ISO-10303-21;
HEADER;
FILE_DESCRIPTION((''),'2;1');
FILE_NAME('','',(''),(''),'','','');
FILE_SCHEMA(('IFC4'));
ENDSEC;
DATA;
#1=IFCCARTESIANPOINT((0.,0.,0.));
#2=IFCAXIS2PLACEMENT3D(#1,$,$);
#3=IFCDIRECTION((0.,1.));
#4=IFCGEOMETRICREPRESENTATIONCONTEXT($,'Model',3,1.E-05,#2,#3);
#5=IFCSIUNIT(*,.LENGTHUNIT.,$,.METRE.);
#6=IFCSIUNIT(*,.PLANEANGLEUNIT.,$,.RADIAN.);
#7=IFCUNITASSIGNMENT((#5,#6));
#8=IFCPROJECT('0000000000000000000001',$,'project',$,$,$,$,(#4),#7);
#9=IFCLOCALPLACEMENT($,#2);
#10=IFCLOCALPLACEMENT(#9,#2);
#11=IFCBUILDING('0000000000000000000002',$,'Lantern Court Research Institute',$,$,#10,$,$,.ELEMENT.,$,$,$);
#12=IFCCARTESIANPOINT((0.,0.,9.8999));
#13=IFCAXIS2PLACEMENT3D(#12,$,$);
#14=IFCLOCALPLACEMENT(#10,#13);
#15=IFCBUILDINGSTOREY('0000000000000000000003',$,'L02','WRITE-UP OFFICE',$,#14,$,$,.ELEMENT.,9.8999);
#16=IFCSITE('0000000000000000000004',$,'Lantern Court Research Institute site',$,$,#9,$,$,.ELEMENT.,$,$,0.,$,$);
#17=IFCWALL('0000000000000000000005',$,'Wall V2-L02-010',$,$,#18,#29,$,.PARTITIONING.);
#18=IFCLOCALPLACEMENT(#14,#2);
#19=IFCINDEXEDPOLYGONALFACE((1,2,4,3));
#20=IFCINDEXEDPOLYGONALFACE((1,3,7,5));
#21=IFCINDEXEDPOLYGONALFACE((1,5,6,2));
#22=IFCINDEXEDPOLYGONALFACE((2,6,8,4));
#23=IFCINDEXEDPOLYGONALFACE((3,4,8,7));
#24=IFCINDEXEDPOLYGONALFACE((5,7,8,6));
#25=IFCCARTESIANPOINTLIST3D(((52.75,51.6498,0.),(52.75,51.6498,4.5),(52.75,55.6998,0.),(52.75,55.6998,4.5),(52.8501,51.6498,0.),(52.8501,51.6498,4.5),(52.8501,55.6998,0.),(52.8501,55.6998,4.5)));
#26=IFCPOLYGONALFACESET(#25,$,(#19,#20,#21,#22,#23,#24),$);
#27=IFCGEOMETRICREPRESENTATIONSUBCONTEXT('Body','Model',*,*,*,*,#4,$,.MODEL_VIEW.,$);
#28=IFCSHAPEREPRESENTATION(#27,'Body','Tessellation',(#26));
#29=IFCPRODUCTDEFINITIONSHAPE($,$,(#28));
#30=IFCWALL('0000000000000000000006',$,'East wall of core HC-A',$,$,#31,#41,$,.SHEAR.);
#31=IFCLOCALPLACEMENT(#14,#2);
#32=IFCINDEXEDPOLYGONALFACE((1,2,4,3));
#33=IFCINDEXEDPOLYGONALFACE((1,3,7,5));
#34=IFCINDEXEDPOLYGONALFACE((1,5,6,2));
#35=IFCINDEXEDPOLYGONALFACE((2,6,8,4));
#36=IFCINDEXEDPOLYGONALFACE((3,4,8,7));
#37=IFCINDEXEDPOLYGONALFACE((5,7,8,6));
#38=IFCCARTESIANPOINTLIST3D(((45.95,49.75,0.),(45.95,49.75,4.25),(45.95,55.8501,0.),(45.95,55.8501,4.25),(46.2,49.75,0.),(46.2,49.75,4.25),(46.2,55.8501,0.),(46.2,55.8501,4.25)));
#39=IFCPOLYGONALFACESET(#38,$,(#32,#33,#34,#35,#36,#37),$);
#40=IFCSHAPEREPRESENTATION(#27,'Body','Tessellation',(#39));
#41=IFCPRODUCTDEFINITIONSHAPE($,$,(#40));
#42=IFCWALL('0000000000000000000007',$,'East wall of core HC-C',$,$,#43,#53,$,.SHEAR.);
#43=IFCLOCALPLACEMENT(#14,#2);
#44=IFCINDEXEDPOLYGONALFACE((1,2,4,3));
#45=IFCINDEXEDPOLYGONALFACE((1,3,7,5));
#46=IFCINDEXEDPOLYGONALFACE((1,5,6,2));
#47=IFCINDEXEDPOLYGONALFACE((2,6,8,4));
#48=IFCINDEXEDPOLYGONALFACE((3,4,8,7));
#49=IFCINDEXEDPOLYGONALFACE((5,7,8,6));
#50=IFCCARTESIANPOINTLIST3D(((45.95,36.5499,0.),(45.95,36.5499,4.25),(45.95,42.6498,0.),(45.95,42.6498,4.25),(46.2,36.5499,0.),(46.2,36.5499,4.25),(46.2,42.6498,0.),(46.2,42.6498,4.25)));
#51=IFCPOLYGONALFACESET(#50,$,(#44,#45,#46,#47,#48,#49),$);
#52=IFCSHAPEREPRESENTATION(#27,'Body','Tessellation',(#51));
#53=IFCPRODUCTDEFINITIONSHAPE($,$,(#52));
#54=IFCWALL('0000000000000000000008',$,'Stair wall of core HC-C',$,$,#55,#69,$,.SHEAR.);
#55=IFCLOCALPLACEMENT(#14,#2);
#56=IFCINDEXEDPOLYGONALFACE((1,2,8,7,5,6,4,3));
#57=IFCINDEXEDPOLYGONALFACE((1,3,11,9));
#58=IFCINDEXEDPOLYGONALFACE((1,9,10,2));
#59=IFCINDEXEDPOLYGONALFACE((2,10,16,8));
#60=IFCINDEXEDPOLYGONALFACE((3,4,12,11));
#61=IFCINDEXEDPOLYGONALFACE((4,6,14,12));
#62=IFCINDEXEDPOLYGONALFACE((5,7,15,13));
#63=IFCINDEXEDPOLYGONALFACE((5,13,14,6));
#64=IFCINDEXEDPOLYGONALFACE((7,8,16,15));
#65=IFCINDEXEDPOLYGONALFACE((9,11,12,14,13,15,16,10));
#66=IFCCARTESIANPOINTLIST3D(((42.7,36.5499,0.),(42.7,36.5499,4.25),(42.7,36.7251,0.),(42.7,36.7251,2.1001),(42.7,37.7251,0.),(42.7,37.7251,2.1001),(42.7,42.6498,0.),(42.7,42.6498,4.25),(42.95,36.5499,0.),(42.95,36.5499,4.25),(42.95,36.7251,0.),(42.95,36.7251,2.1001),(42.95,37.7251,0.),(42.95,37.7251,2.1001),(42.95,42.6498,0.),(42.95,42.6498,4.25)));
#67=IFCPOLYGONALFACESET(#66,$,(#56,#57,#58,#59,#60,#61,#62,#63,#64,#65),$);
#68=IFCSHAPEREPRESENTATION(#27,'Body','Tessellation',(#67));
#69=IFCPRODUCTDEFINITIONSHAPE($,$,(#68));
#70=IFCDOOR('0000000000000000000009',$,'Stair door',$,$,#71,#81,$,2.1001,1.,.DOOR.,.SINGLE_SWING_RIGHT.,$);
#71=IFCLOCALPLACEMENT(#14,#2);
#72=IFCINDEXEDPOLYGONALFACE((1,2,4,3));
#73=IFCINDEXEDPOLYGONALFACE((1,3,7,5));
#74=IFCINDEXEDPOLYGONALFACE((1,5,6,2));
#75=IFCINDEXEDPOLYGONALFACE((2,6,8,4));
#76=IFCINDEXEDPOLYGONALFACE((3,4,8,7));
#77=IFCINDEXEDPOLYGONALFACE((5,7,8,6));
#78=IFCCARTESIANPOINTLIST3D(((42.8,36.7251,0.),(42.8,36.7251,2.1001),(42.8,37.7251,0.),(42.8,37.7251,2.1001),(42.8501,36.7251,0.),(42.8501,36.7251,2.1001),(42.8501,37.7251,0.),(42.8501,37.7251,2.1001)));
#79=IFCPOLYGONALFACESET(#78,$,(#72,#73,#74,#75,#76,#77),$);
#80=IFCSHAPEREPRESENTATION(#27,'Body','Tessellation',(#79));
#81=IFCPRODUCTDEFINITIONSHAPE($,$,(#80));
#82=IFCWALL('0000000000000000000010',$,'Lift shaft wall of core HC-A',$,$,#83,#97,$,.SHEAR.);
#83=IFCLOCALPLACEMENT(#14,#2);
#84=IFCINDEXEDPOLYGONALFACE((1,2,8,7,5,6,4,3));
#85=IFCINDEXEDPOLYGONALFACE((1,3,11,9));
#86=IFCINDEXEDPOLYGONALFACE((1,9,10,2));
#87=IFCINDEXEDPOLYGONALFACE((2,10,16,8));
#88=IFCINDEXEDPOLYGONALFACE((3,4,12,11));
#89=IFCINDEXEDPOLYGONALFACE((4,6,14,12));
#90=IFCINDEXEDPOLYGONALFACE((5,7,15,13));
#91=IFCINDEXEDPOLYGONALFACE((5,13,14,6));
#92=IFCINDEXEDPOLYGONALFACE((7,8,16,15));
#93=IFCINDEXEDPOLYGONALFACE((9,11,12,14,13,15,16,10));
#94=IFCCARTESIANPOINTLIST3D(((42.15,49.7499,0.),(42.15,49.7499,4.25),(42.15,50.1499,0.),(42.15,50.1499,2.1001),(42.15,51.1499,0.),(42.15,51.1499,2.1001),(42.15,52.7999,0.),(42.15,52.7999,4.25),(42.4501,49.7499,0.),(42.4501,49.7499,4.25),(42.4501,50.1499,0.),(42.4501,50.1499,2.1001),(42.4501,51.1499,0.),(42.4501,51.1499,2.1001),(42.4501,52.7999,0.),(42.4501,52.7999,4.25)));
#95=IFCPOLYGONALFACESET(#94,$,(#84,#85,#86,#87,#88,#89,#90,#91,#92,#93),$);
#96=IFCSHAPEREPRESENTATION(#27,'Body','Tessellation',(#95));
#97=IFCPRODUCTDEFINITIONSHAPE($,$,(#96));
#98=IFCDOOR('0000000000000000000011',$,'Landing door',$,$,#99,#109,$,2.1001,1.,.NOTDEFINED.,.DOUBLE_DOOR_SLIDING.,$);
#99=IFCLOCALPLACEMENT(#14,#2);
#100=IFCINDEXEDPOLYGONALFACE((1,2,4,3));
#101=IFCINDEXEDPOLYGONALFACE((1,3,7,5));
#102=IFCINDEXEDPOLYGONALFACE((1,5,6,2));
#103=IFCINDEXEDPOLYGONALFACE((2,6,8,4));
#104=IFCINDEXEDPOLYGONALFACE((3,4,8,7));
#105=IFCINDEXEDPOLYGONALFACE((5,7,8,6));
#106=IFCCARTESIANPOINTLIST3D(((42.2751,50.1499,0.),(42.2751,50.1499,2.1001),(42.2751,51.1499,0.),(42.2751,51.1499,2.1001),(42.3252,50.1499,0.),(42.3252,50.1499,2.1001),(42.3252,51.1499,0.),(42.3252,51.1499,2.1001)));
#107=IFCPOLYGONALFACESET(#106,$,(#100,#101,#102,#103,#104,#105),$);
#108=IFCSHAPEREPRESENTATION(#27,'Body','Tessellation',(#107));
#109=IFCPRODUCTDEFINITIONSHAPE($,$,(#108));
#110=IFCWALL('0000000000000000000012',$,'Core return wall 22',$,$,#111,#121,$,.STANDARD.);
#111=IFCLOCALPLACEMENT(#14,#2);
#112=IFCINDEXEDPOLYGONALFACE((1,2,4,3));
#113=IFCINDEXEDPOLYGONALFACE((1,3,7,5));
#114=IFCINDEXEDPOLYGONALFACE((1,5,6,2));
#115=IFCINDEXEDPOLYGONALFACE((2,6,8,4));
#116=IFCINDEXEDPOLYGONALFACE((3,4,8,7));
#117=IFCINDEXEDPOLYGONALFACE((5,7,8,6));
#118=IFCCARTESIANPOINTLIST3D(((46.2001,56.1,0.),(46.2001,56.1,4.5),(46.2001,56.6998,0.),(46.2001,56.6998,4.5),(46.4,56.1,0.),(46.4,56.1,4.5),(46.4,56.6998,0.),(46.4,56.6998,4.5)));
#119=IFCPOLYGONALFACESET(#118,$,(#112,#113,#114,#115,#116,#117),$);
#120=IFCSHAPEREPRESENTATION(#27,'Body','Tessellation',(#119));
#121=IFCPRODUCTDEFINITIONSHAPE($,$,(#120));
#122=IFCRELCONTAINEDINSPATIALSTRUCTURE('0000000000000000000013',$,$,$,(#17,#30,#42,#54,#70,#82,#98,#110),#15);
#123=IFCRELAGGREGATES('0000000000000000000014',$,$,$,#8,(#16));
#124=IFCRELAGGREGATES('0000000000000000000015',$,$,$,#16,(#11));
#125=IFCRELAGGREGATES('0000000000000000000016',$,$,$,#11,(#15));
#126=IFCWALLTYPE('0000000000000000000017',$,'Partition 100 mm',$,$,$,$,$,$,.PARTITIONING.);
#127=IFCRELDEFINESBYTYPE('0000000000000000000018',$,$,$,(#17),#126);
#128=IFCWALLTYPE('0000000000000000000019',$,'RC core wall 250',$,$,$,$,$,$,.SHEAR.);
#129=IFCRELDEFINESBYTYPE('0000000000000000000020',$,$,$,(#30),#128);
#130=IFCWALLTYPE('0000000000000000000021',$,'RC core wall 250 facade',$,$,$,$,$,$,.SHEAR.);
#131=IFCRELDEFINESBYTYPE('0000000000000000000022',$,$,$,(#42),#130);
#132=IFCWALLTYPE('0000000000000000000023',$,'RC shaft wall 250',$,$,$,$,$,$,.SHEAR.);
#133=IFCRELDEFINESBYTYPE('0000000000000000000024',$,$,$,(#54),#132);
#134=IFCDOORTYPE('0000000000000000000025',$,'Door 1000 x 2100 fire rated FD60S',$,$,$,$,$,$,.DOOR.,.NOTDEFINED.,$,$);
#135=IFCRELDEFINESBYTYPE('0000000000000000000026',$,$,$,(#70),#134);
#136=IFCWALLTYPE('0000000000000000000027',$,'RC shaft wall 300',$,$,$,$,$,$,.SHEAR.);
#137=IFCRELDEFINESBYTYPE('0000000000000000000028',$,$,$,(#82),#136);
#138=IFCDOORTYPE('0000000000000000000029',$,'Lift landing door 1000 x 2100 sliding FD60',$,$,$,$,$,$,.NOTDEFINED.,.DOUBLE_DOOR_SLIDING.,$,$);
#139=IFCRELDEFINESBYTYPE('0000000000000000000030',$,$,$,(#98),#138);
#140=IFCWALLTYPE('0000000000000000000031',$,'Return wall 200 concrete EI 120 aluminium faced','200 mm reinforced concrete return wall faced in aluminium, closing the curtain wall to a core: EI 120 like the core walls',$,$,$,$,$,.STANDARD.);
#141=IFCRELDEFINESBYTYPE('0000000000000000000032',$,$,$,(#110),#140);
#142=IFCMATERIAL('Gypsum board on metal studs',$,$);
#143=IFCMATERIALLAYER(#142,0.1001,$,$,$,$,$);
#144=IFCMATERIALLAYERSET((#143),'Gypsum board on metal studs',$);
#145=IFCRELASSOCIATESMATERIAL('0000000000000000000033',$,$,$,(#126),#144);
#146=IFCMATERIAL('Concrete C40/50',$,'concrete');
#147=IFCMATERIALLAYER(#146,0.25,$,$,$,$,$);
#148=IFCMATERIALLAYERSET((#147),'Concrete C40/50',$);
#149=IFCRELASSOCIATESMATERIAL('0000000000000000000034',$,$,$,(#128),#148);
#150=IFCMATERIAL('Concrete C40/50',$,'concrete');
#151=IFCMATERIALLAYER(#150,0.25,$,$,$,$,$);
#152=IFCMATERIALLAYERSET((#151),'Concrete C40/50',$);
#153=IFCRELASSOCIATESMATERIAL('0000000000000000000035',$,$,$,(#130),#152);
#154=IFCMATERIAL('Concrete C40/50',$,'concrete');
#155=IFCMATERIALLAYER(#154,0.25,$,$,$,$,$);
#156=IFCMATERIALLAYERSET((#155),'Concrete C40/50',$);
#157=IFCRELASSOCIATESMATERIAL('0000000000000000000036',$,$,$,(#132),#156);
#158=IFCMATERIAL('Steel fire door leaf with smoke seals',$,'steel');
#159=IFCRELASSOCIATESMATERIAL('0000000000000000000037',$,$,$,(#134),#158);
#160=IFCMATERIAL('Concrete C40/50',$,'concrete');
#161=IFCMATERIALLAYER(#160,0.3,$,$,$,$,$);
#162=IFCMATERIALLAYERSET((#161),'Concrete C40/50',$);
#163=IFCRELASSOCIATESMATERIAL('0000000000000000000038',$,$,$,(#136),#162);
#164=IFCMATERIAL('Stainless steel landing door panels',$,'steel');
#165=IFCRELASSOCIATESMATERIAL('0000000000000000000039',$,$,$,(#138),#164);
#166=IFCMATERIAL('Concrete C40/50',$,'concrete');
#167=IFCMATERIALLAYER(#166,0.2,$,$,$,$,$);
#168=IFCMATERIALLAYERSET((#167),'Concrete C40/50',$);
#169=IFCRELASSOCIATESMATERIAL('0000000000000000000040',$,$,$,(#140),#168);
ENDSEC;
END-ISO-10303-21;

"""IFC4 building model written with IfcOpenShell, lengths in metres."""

from ifc_helpers import new_model, si_unit, direction, frame, frame_2d, origin, place, context, subcontext, project, spatial, rectangle, extrude, material, layer, layer_set, type_object, element, fill, save


model = new_model("IFC4")

# Units and contexts
model_context = context("Model", 3, precision=1e-05, world=origin(), true_north=direction((0.0, 1.0)))
body_context = subcontext(model_context, "Body", "Model", "MODEL_VIEW")
ifc_project = project(units=[si_unit("LENGTHUNIT", "METRE"), si_unit("PLANEANGLEUNIT", "RADIAN")], contexts=[model_context])

# Site, building, storey
site_placement = place(None, origin())
site = spatial("IfcSite", under=ifc_project, at=site_placement, Name="Lantern Court Research Institute site", CompositionType="ELEMENT", RefElevation=0.0)
building_placement = place(site_placement, origin())
building = spatial("IfcBuilding", under=site, at=building_placement, Name="Lantern Court Research Institute", CompositionType="ELEMENT")
storey_placement = place(building_placement, frame((0.0, 0.0, 9.8999)))
storey = spatial("IfcBuildingStorey", under=building, at=storey_placement, Name="L02", Description="WRITE-UP OFFICE", CompositionType="ELEMENT", Elevation=9.8999)

# Shared definitions
ifc_material_1 = material(Name="Gypsum board on metal studs")
ifc_layer_1 = layer(ifc_material_1, 0.1001)
ifc_layer_set_1 = layer_set([ifc_layer_1], Name="Gypsum board on metal studs")
wall_type_1 = type_object("IfcWallType", Name="Partition 100 mm", PredefinedType="PARTITIONING", material=ifc_layer_set_1)

# Walls
wall_1_placement = place(storey_placement, frame((52.8, 51.6499, 0.0), z_axis=(0.0, 0.0, 1.0), x_axis=(0.0, 1.0, 0.0)))
element("IfcWall", 1, at=wall_1_placement, inside=storey, type_object=wall_type_1, Name="Wall V2-L02-010", PredefinedType="PARTITIONING", context=body_context, shape_type="SweptSolid", body=[
    extrude(rectangle(XDim=4.05, YDim=0.1001, at=frame_2d((2.0249, 0.0))), origin(), (0.0, 0.0, 1.0), 4.5),
])
ifc_material_2 = material(Name="Concrete C40/50", Category="concrete")
ifc_layer_2 = layer(ifc_material_2, 0.25)
ifc_layer_set_2 = layer_set([ifc_layer_2], Name="Concrete C40/50")
wall_type_2 = type_object("IfcWallType", Name="RC core wall 250", PredefinedType="SHEAR", material=ifc_layer_set_2)
wall_2_placement = place(storey_placement, frame((46.075, 49.75, 0.0), z_axis=(0.0, 0.0, 1.0), x_axis=(0.0, 1.0, 0.0)))
element("IfcWall", 2, at=wall_2_placement, inside=storey, type_object=wall_type_2, Name="East wall of core HC-A", PredefinedType="SHEAR", context=body_context, shape_type="SweptSolid", body=[
    extrude(rectangle(XDim=6.1001, YDim=0.25, at=frame_2d((3.05, 0.0))), origin(), (0.0, 0.0, 1.0), 4.25),
])
ifc_material_3 = material(Name="Concrete C40/50", Category="concrete")
ifc_layer_3 = layer(ifc_material_3, 0.25)
ifc_layer_set_3 = layer_set([ifc_layer_3], Name="Concrete C40/50")
wall_type_3 = type_object("IfcWallType", Name="RC core wall 250 facade", PredefinedType="SHEAR", material=ifc_layer_set_3)
wall_3_placement = place(storey_placement, frame((46.075, 36.55, 0.0), z_axis=(0.0, 0.0, 1.0), x_axis=(0.0, 1.0, 0.0)))
element("IfcWall", 3, at=wall_3_placement, inside=storey, type_object=wall_type_3, Name="East wall of core HC-C", PredefinedType="SHEAR", context=body_context, shape_type="SweptSolid", body=[
    extrude(rectangle(XDim=6.0999, YDim=0.25, at=frame_2d((3.0498, 0.0))), origin(), (0.0, 0.0, 1.0), 4.25),
])

# Walls, openings, doors
ifc_material_4 = material(Name="Concrete C40/50", Category="concrete")
ifc_layer_4 = layer(ifc_material_4, 0.25)
ifc_layer_set_4 = layer_set([ifc_layer_4], Name="Concrete C40/50")
wall_type_4 = type_object("IfcWallType", Name="RC shaft wall 250", PredefinedType="SHEAR", material=ifc_layer_set_4)
wall_4_placement = place(storey_placement, frame((42.825, 36.55, 0.0), z_axis=(0.0, 0.0, 1.0), x_axis=(0.0, 1.0, 0.0)))
wall_4 = element("IfcWall", 4, at=wall_4_placement, inside=storey, type_object=wall_type_4, Name="Stair wall of core HC-C", PredefinedType="SHEAR", context=body_context, shape_type="SweptSolid", body=[
    extrude(rectangle(XDim=6.0999, YDim=0.25, at=frame_2d((3.0498, 0.0))), origin(), (0.0, 0.0, 1.0), 4.25),
])
opening_1_placement = place(wall_4_placement, frame((0.175, 0.0, 0.0)))
opening_1 = element("IfcOpeningElement", 5, at=opening_1_placement, cuts=wall_4, PredefinedType="OPENING", context=body_context, shape_type="SweptSolid", body=[
    extrude(rectangle(XDim=1.0, YDim=2.1001, at=frame_2d((0.5, 1.05))), frame((0.0, 0.135, 0.0), z_axis=(0.0, -1.0, 0.0), x_axis=(1.0, 0.0, 0.0)), (0.0, 0.0, 1.0), 0.27),
])
ifc_material_5 = material(Name="Steel fire door leaf with smoke seals", Category="steel")
door_type_1 = type_object("IfcDoorType", Name="Door 1000 x 2100 fire rated FD60S", OperationType="NOTDEFINED", PredefinedType="DOOR", material=ifc_material_5)
door_1_placement = place(opening_1_placement, origin())
door_1 = element("IfcDoor", 6, at=door_1_placement, inside=storey, type_object=door_type_1, Name="Stair door", OperationType="SINGLE_SWING_RIGHT", OverallHeight=2.1001, OverallWidth=1.0, PredefinedType="DOOR", context=body_context, shape_type="SweptSolid", body=[
    extrude(rectangle(XDim=1.0, YDim=2.1001, at=frame_2d((0.5, 1.05))), frame((0.0, 0.0249, 0.0), z_axis=(0.0, -1.0, 0.0), x_axis=(1.0, 0.0, 0.0)), (0.0, 0.0, 1.0), 0.05),
])
fill(opening_1, door_1)
ifc_material_6 = material(Name="Concrete C40/50", Category="concrete")
ifc_layer_5 = layer(ifc_material_6, 0.3)
ifc_layer_set_5 = layer_set([ifc_layer_5], Name="Concrete C40/50")
wall_type_5 = type_object("IfcWallType", Name="RC shaft wall 300", PredefinedType="SHEAR", material=ifc_layer_set_5)
wall_5_placement = place(storey_placement, frame((42.3, 49.75, 0.0), z_axis=(0.0, 0.0, 1.0), x_axis=(0.0, 1.0, 0.0)))
wall_5 = element("IfcWall", 7, at=wall_5_placement, inside=storey, type_object=wall_type_5, Name="Lift shaft wall of core HC-A", PredefinedType="SHEAR", context=body_context, shape_type="SweptSolid", body=[
    extrude(rectangle(XDim=3.05, YDim=0.3, at=frame_2d((1.5249, 0.0))), origin(), (0.0, 0.0, 1.0), 4.25),
])
opening_2_placement = place(wall_5_placement, frame((0.3999, 0.0, 0.0)))
opening_2 = element("IfcOpeningElement", 8, at=opening_2_placement, cuts=wall_5, PredefinedType="OPENING", context=body_context, shape_type="SweptSolid", body=[
    extrude(rectangle(XDim=1.0, YDim=2.1001, at=frame_2d((0.5, 1.05))), frame((0.0, 0.1599, 0.0), z_axis=(0.0, -1.0, 0.0), x_axis=(1.0, 0.0, 0.0)), (0.0, 0.0, 1.0), 0.3201),
])
ifc_material_7 = material(Name="Stainless steel landing door panels", Category="steel")
door_type_2 = type_object("IfcDoorType", Name="Lift landing door 1000 x 2100 sliding FD60", OperationType="DOUBLE_DOOR_SLIDING", PredefinedType="NOTDEFINED", material=ifc_material_7)
door_2_placement = place(opening_2_placement, origin())
door_2 = element("IfcDoor", 9, at=door_2_placement, inside=storey, type_object=door_type_2, Name="Landing door", OperationType="DOUBLE_DOOR_SLIDING", OverallHeight=2.1001, OverallWidth=1.0, PredefinedType="NOTDEFINED", context=body_context, shape_type="SweptSolid", body=[
    extrude(rectangle(XDim=1.0, YDim=2.1001, at=frame_2d((0.5, 1.05))), frame((0.0, 0.0249, 0.0), z_axis=(0.0, -1.0, 0.0), x_axis=(1.0, 0.0, 0.0)), (0.0, 0.0, 1.0), 0.05),
])
fill(opening_2, door_2)

# Wall
ifc_material_8 = material(Name="Concrete C40/50", Category="concrete")
ifc_layer_6 = layer(ifc_material_8, 0.2)
ifc_layer_set_6 = layer_set([ifc_layer_6], Name="Concrete C40/50")
wall_type_6 = type_object("IfcWallType", Name="Return wall 200 concrete EI 120 aluminium faced", Description="200 mm reinforced concrete return wall faced in aluminium, closing the curtain wall to a core: EI 120 like the core walls", PredefinedType="STANDARD", material=ifc_layer_set_6)
wall_6_placement = place(storey_placement, frame((46.3, 56.1001, 0.0), z_axis=(0.0, 0.0, 1.0), x_axis=(0.0, 1.0, 0.0)))
element("IfcWall", 10, at=wall_6_placement, inside=storey, type_object=wall_type_6, Name="Core return wall 22", PredefinedType="STANDARD", context=body_context, shape_type="SweptSolid", body=[
    extrude(rectangle(XDim=0.5999, YDim=0.2, at=frame_2d((0.2998, 0.0))), origin(), (0.0, 0.0, 1.0), 4.5),
])

save(model, "model.ifc")
